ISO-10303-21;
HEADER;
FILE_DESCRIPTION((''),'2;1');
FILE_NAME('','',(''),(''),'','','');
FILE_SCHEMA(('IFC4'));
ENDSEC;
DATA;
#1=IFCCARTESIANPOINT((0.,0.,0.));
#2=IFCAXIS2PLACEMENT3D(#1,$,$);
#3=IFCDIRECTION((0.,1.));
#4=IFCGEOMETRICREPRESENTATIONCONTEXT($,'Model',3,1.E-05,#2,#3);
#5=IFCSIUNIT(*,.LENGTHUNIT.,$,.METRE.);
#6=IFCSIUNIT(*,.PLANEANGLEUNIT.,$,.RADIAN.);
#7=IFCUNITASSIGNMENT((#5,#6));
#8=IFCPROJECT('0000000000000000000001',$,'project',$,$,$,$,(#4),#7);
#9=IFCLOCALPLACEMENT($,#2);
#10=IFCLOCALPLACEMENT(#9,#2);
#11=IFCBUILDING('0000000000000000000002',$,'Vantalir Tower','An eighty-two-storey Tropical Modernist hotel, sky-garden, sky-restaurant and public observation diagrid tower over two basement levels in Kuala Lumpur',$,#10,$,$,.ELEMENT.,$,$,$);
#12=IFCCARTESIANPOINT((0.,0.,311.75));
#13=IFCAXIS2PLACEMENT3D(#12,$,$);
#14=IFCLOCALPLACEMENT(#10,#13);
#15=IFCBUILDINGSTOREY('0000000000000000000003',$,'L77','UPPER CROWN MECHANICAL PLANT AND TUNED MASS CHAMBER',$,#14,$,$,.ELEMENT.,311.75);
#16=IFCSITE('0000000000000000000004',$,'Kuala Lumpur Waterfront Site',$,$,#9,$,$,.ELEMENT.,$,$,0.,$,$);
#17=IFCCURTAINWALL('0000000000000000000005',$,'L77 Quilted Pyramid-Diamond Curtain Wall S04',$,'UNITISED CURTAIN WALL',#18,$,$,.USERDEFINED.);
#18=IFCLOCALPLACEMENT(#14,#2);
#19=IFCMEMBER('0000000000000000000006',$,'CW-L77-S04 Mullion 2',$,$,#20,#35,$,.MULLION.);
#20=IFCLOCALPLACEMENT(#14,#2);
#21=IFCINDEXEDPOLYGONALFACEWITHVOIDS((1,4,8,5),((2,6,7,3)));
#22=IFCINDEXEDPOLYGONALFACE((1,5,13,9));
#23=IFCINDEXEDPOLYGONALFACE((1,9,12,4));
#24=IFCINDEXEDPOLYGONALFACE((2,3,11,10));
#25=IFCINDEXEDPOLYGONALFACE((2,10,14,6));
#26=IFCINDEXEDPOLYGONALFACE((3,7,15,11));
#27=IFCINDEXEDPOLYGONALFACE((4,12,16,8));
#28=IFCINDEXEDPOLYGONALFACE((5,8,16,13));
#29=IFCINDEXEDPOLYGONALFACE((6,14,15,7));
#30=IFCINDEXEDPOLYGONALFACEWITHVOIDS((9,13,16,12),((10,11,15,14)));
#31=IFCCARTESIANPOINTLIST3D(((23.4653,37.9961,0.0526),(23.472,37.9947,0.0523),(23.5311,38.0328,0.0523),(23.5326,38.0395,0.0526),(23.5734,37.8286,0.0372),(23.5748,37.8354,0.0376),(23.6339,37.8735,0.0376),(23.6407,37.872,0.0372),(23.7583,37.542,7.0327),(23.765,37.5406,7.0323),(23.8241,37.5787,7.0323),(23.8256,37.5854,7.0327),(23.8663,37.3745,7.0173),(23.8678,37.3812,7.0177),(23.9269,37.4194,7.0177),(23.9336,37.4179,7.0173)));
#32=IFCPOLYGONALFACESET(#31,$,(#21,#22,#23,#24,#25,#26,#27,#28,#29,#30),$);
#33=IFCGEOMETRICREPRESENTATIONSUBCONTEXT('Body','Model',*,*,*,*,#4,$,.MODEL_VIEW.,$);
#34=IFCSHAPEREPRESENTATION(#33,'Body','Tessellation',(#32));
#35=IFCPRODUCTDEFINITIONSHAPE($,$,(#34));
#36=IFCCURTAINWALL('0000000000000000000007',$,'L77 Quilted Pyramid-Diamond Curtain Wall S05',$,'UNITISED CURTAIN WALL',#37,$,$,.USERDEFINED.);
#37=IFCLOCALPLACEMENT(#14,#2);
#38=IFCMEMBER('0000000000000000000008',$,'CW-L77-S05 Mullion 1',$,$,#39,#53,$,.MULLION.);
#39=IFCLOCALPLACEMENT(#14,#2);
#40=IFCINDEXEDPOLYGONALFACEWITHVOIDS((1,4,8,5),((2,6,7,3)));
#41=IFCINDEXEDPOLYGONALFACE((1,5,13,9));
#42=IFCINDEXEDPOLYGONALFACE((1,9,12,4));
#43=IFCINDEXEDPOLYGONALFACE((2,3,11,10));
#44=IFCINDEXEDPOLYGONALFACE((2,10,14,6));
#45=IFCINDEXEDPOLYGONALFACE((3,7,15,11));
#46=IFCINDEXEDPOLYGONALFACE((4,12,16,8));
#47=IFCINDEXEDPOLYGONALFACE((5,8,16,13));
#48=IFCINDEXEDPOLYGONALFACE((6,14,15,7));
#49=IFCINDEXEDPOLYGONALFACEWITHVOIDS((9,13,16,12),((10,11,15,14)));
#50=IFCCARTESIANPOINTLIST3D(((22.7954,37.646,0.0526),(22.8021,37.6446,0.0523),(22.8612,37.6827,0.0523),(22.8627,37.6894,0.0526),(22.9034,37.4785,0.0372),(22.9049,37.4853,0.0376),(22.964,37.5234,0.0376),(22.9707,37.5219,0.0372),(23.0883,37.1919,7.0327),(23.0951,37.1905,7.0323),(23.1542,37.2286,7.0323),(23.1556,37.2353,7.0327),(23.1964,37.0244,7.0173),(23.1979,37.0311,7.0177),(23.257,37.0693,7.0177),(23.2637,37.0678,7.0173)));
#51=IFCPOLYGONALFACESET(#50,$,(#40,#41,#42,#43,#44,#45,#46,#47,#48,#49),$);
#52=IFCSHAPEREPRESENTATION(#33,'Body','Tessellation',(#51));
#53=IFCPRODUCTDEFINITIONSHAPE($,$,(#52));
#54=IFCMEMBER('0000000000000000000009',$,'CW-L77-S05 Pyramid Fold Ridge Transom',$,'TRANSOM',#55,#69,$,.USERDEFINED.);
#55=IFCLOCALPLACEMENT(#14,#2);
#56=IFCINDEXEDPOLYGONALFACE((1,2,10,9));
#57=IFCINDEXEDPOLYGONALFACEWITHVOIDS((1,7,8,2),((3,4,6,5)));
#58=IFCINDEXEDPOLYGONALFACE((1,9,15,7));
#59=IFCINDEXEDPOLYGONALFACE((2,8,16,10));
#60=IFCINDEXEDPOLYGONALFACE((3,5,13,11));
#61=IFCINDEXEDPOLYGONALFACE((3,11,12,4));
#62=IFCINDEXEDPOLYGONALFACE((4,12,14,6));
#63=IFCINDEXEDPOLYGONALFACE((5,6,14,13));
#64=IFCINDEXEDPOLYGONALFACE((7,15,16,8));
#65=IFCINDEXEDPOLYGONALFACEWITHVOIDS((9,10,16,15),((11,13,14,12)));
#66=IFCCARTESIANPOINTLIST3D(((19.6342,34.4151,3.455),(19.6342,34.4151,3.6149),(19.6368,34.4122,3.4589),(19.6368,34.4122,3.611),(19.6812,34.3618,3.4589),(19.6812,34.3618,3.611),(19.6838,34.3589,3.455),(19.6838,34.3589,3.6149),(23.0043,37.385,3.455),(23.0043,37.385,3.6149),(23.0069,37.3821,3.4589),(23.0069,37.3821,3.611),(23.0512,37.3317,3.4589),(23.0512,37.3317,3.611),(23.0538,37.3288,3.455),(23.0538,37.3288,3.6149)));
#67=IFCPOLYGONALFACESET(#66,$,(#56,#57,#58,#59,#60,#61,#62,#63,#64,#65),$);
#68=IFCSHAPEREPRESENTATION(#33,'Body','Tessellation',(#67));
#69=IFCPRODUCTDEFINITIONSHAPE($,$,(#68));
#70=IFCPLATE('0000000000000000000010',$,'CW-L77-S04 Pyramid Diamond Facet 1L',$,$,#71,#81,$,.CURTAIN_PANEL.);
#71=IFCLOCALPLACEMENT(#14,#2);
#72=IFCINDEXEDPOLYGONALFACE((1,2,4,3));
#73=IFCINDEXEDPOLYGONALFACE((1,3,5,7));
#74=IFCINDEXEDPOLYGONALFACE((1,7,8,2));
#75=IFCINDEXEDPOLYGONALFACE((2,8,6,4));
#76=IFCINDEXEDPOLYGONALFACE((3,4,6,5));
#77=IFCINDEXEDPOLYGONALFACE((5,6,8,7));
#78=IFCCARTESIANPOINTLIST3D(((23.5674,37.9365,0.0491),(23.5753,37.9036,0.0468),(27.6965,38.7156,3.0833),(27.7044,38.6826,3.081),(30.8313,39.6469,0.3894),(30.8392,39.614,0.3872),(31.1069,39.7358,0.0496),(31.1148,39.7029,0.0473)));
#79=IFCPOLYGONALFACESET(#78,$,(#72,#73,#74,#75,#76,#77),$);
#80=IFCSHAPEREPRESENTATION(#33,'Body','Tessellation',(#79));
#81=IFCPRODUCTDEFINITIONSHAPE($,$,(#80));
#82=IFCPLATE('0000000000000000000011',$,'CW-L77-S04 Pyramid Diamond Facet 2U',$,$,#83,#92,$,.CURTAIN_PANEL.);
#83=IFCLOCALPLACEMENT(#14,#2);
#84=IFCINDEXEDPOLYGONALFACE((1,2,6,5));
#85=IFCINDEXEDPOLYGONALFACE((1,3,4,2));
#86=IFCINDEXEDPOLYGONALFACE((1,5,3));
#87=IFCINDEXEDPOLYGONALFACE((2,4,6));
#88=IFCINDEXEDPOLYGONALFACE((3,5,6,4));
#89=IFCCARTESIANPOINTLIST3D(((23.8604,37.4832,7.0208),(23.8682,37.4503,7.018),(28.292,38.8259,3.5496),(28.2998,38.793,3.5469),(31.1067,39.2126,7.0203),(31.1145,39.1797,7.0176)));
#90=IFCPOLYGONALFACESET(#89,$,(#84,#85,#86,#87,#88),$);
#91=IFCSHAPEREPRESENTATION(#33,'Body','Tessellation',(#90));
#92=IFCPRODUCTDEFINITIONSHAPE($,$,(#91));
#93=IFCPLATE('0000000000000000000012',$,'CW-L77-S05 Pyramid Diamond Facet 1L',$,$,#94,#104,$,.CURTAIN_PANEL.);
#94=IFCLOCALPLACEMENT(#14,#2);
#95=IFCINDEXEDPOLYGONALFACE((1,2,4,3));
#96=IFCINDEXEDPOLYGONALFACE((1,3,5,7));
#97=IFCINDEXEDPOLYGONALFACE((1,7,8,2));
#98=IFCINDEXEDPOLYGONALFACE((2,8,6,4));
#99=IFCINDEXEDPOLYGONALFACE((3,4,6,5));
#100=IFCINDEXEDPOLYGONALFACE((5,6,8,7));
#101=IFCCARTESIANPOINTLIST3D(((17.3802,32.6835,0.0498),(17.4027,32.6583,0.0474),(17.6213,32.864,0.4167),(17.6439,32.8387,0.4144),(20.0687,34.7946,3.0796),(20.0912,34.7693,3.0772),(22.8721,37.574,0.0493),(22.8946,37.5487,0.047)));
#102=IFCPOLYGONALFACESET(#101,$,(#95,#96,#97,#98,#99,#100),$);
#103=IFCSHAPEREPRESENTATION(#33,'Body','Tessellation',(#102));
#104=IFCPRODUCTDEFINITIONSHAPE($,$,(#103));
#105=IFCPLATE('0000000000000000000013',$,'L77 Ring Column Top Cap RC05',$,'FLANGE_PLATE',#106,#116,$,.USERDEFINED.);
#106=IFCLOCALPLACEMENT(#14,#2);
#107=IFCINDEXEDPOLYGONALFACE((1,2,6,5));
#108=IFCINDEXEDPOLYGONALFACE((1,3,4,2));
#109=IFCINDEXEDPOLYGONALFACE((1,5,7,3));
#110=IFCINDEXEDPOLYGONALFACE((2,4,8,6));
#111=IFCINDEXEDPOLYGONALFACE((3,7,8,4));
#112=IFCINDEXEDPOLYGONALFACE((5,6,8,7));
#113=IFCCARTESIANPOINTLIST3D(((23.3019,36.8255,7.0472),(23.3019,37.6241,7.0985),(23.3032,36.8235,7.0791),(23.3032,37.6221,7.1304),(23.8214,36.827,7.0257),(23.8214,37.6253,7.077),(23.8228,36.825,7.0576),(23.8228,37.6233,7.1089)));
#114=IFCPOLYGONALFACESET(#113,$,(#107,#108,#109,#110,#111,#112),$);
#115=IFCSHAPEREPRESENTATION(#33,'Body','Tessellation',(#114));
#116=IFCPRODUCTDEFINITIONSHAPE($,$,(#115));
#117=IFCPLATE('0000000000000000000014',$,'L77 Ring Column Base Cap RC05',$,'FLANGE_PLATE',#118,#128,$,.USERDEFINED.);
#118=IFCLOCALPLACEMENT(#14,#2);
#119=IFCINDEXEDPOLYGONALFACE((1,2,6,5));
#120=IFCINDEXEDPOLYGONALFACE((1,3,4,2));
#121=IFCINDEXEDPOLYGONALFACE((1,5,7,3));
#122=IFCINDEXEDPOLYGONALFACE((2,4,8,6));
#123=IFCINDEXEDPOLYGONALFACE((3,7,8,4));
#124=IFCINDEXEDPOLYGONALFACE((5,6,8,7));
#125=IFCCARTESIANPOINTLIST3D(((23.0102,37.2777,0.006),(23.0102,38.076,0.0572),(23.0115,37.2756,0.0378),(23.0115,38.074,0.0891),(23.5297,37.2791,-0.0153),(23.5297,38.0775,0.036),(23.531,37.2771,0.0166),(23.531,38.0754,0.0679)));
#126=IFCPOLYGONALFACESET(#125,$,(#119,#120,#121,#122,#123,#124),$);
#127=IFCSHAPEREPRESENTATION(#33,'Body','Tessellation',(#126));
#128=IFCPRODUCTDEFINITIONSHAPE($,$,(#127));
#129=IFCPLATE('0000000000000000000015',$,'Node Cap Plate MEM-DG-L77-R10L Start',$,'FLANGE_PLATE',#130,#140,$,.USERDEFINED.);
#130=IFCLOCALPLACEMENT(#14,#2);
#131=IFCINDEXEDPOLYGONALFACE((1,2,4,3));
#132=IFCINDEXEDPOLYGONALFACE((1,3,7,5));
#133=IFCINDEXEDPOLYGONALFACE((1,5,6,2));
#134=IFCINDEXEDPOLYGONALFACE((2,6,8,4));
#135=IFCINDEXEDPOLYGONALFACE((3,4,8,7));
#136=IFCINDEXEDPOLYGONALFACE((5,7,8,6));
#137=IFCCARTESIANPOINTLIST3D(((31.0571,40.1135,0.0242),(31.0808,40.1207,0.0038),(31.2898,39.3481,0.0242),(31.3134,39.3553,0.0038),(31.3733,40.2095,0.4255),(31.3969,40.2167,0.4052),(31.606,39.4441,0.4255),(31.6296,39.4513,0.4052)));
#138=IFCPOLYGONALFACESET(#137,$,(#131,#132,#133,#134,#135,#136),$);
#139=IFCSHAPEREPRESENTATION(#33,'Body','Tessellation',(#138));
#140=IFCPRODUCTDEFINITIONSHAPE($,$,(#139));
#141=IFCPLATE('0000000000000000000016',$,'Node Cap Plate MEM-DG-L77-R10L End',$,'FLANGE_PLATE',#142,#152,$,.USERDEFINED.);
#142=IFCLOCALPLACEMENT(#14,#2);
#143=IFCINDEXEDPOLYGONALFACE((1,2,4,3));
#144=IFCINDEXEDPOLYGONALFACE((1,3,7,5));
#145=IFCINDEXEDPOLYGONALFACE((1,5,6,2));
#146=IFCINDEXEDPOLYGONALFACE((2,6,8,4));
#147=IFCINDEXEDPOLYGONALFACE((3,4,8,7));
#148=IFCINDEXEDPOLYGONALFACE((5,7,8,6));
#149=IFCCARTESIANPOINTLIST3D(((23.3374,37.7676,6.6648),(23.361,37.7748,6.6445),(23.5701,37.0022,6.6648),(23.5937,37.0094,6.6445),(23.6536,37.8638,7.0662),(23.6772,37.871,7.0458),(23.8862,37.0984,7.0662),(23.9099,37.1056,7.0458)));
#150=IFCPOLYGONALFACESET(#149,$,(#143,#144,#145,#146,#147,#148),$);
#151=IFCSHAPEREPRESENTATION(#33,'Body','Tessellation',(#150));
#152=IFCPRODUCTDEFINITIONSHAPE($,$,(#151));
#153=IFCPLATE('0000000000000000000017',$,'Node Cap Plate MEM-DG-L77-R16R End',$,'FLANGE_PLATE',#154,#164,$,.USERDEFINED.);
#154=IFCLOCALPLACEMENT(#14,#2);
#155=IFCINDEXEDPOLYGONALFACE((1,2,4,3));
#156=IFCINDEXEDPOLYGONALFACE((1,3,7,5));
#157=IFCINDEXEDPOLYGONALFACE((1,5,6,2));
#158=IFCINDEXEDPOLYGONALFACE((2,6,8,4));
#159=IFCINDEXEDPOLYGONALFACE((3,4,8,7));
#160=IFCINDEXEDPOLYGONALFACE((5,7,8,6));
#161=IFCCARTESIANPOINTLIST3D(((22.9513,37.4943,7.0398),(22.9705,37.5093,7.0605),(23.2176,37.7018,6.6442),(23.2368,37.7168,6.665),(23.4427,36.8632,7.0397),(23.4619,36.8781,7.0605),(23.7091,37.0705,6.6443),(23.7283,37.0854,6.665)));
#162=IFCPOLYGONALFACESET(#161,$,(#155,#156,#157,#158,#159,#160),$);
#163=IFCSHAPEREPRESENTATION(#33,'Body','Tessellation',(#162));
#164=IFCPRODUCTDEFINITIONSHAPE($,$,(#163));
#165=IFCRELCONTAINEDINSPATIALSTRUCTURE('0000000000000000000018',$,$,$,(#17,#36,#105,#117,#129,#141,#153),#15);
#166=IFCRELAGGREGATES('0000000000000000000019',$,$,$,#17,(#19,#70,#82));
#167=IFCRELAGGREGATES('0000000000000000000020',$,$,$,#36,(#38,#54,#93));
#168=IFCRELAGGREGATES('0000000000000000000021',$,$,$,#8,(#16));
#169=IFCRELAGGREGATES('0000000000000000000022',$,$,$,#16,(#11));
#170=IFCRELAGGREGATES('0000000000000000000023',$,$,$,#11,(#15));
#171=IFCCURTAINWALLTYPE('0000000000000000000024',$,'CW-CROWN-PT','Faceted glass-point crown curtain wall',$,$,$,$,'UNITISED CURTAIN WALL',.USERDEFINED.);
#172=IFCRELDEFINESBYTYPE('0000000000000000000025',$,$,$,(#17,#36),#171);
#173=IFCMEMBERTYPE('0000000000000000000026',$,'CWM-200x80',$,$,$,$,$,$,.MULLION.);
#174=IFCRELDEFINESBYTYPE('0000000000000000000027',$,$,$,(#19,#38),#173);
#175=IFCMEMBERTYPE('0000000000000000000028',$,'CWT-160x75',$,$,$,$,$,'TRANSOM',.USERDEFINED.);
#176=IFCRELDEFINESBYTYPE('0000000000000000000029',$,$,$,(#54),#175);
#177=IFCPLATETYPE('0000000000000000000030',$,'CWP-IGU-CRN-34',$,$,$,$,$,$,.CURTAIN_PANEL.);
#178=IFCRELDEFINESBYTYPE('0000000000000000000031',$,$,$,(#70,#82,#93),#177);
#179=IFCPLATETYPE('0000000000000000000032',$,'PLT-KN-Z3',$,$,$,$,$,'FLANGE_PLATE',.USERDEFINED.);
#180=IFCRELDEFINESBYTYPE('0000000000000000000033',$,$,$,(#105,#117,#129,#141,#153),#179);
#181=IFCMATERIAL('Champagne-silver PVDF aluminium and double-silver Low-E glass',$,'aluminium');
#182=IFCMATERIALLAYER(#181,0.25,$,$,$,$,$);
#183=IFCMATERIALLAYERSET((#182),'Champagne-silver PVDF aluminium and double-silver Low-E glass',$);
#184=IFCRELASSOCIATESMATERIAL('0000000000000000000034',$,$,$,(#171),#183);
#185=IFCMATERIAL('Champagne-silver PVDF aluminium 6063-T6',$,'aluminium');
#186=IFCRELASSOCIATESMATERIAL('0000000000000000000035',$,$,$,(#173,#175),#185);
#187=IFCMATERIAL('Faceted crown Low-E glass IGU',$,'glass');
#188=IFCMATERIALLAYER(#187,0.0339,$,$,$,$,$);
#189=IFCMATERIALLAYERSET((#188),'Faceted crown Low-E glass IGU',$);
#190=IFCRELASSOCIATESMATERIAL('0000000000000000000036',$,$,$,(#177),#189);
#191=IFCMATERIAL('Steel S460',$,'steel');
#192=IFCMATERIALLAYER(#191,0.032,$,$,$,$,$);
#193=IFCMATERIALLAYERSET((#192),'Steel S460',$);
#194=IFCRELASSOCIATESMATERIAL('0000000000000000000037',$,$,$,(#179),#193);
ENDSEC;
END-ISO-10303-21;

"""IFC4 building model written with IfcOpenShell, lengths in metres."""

from ifc_helpers import new_model, si_unit, direction, frame, origin, origin_2d, place, context, subcontext, project, spatial, polyline, hollow_rectangle, outline, extrude, material, layer, layer_set, material_profile, profile_set, type_object, element, aggregate, save


model = new_model("IFC4")

# Units and contexts
model_context = context("Model", 3, precision=1e-05, world=origin(), true_north=direction((0.0, 1.0)))
body_context = subcontext(model_context, "Body", "Model", "MODEL_VIEW")
ifc_project = project(units=[si_unit("LENGTHUNIT", "METRE"), si_unit("PLANEANGLEUNIT", "RADIAN")], contexts=[model_context])

# Site, building, storey
site_placement = place(None, origin())
site = spatial("IfcSite", under=ifc_project, at=site_placement, Name="Kuala Lumpur Waterfront Site", CompositionType="ELEMENT", RefElevation=0.0)
building_placement = place(site_placement, origin())
building = spatial("IfcBuilding", under=site, at=building_placement, Name="Vantalir Tower", Description="An eighty-two-storey Tropical Modernist hotel, sky-garden, sky-restaurant and public observation diagrid tower over two basement levels in Kuala Lumpur", CompositionType="ELEMENT")
storey_placement = place(building_placement, frame((0.0, 0.0, 311.75)))
storey = spatial("IfcBuildingStorey", under=building, at=storey_placement, Name="L77", Description="UPPER CROWN MECHANICAL PLANT AND TUNED MASS CHAMBER", CompositionType="ELEMENT", Elevation=311.75)

# Shared definitions
ifc_material_1 = material(Name="Steel S460", Category="steel")

# Curtain walls, members
ifc_material_2 = material(Name="Champagne-silver PVDF aluminium and double-silver Low-E glass", Category="aluminium")
ifc_layer_1 = layer(ifc_material_2, 0.25)
ifc_layer_set_1 = layer_set([ifc_layer_1], Name="Champagne-silver PVDF aluminium and double-silver Low-E glass")
curtain_wall_type = type_object("IfcCurtainWallType", Name="CW-CROWN-PT", Description="Faceted glass-point crown curtain wall", ElementType="UNITISED CURTAIN WALL", PredefinedType="USERDEFINED", material=ifc_layer_set_1)
curtain_wall_1_placement = place(storey_placement, origin())
curtain_wall_1 = element("IfcCurtainWall", 1, at=curtain_wall_1_placement, inside=storey, type_object=curtain_wall_type, Name="L77 Quilted Pyramid-Diamond Curtain Wall S04", ObjectType="UNITISED CURTAIN WALL", PredefinedType="USERDEFINED")
ifc_material_3 = material(Name="Champagne-silver PVDF aluminium 6063-T6", Category="aluminium")
ifc_material_profile_1 = material_profile(ifc_material_3, hollow_rectangle(XDim=0.0801, YDim=0.2, WallThickness=0.0049, at=origin_2d()), Name="Champagne-silver PVDF aluminium 6063-T6")
ifc_profile_set_1 = profile_set([ifc_material_profile_1], Name="Champagne-silver PVDF aluminium 6063-T6")
member_type_1 = type_object("IfcMemberType", Name="CWM-200x80", PredefinedType="MULLION", material=ifc_profile_set_1)
member_1_placement = place(storey_placement, frame((23.553, 37.9341, 0.0449), z_axis=(0.041847, -0.064864, 0.997016), x_axis=(0.840297, 0.542127, 0.0)))
member_1 = element("IfcMember", 2, at=member_1_placement, type_object=member_type_1, Name="CW-L77-S04 Mullion 2", PredefinedType="MULLION", context=body_context, shape_type="SweptSolid", body=[
    extrude(hollow_rectangle(XDim=0.0801, YDim=0.2, WallThickness=0.0049, at=origin_2d()), origin(), (0.0, 0.0, 1.0), 7.001),
])
curtain_wall_2_placement = place(storey_placement, origin())
curtain_wall_2 = element("IfcCurtainWall", 3, at=curtain_wall_2_placement, inside=storey, type_object=curtain_wall_type, Name="L77 Quilted Pyramid-Diamond Curtain Wall S05", ObjectType="UNITISED CURTAIN WALL", PredefinedType="USERDEFINED")
member_2_placement = place(storey_placement, frame((22.8831, 37.584, 0.0449), z_axis=(0.041847, -0.064864, 0.997016), x_axis=(0.840297, 0.542127, 0.0)))
member_2 = element("IfcMember", 4, at=member_2_placement, type_object=member_type_1, Name="CW-L77-S05 Mullion 1", PredefinedType="MULLION", context=body_context, shape_type="SweptSolid", body=[
    extrude(hollow_rectangle(XDim=0.0801, YDim=0.2, WallThickness=0.0049, at=origin_2d()), origin(), (0.0, 0.0, 1.0), 7.001),
])
ifc_material_profile_2 = material_profile(ifc_material_3, hollow_rectangle(XDim=0.075, YDim=0.1599, WallThickness=0.0039, at=origin_2d()), Name="Champagne-silver PVDF aluminium 6063-T6")
ifc_profile_set_2 = profile_set([ifc_material_profile_2], Name="Champagne-silver PVDF aluminium 6063-T6")
member_type_2 = type_object("IfcMemberType", Name="CWT-160x75", ElementType="TRANSOM", PredefinedType="USERDEFINED", material=ifc_profile_set_2)
member_3_placement = place(storey_placement, frame((23.0291, 37.3569, 3.5349), z_axis=(-0.750242, -0.661163, 0.0), x_axis=(0.661163, -0.750242, 0.0)))
member_3 = element("IfcMember", 5, at=member_3_placement, type_object=member_type_2, Name="CW-L77-S05 Pyramid Fold Ridge Transom", ObjectType="TRANSOM", PredefinedType="USERDEFINED", context=body_context, shape_type="SweptSolid", body=[
    extrude(hollow_rectangle(XDim=0.075, YDim=0.1599, WallThickness=0.0039, at=origin_2d()), origin(), (0.0, 0.0, 1.0), 4.4919),
])

# Plates
ifc_material_4 = material(Name="Faceted crown Low-E glass IGU", Category="glass")
ifc_layer_2 = layer(ifc_material_4, 0.0339)
ifc_layer_set_2 = layer_set([ifc_layer_2], Name="Faceted crown Low-E glass IGU")
plate_type_1 = type_object("IfcPlateType", Name="CWP-IGU-CRN-34", PredefinedType="CURTAIN_PANEL", material=ifc_layer_set_2)
plate_1_placement = place(storey_placement, frame((31.1069, 39.7358, 0.0496), z_axis=(-0.231633, 0.970561, 0.066014), x_axis=(-0.972684, -0.232135, -0.000063)))
plate_1 = element("IfcPlate", 6, at=plate_1_placement, type_object=plate_type_1, Name="CW-L77-S04 Pyramid Diamond Facet 1L", PredefinedType="CURTAIN_PANEL", context=body_context, shape_type="SweptSolid", body=[
    extrude(outline(polyline([(0.0, 0.0), (7.7513, 0.0), (3.5539, 3.0405), (0.2887, 0.3406), (0.0, 0.0)])), origin(), (0.0, 0.0, -1.0), 0.0339),
])
plate_2_placement = place(storey_placement, frame((23.8604, 37.4832, 7.0208), z_axis=(-0.231408, 0.969592, 0.079634), x_axis=(0.97268, 0.232151, -0.000066)))
plate_2 = element("IfcPlate", 7, at=plate_2_placement, type_object=plate_type_1, Name="CW-L77-S04 Pyramid Diamond Facet 2U", PredefinedType="CURTAIN_PANEL", context=body_context, shape_type="SweptSolid", body=[
    extrude(outline(polyline([(0.0, 0.0), (7.4499, 0.0), (4.6225, 3.4819), (0.0, 0.0)])), origin(), (0.0, 0.0, -1.0), 0.0339),
])
aggregate(curtain_wall_1, [member_1, plate_1, plate_2])
plate_3_placement = place(storey_placement, frame((22.8721, 37.574, 0.0493), z_axis=(-0.663414, 0.745011, 0.069573), x_axis=(-0.746818, -0.665029, 0.000066)))
plate_3 = element("IfcPlate", 8, at=plate_3_placement, type_object=plate_type_1, Name="CW-L77-S05 Pyramid Diamond Facet 1L", PredefinedType="CURTAIN_PANEL", context=body_context, shape_type="SweptSolid", body=[
    extrude(outline(polyline([(0.0, 0.0), (7.3537, 0.0), (7.0536, 0.3679), (3.9422, 3.0374), (0.0, 0.0)])), origin(), (0.0, 0.0, -1.0), 0.0339),
])
aggregate(curtain_wall_2, [member_2, member_3, plate_3])

# Plates
ifc_layer_3 = layer(ifc_material_1, 0.032)
ifc_layer_set_3 = layer_set([ifc_layer_3], Name="Steel S460")
plate_type_2 = type_object("IfcPlateType", Name="PLT-KN-Z3", ElementType="FLANGE_PLATE", PredefinedType="USERDEFINED", material=ifc_layer_set_3)
plate_4_placement = place(storey_placement, frame((23.3032, 37.6221, 7.1304), z_axis=(0.041398, -0.064023, 0.997089), x_axis=(0.0, -0.997945, -0.064078)))
element("IfcPlate", 9, at=plate_4_placement, inside=storey, type_object=plate_type_2, Name="L77 Ring Column Top Cap RC05", ObjectType="FLANGE_PLATE", PredefinedType="USERDEFINED", context=body_context, shape_type="SweptSolid", body=[
    extrude(outline(polyline([(0.0, 0.0), (0.8002, 0.0), (0.8001, 0.52), (0.0002, 0.52), (0.0, 0.0)])), origin(), (0.0, 0.0, -1.0), 0.032),
])
plate_5_placement = place(storey_placement, frame((23.0115, 38.074, 0.0891), z_axis=(0.040946, -0.064034, 0.997107), x_axis=(0.0, -0.997944, -0.064088)))
element("IfcPlate", 10, at=plate_5_placement, inside=storey, type_object=plate_type_2, Name="L77 Ring Column Base Cap RC05", ObjectType="FLANGE_PLATE", PredefinedType="USERDEFINED", context=body_context, shape_type="SweptSolid", body=[
    extrude(outline(polyline([(0.0, 0.0), (0.8, 0.0), (0.7999, 0.52), (-0.0001, 0.52), (0.0, 0.0)])), origin(), (0.0, 0.0, -1.0), 0.032),
])
plate_6_placement = place(storey_placement, frame((31.0571, 40.1135, 0.0242), z_axis=(-0.738684, -0.22455, 0.63555), x_axis=(0.290846, -0.95677, 0.0)))
element("IfcPlate", 11, at=plate_6_placement, inside=storey, type_object=plate_type_2, Name="Node Cap Plate MEM-DG-L77-R10L Start", ObjectType="FLANGE_PLATE", PredefinedType="USERDEFINED", context=body_context, shape_type="SweptSolid", body=[
    extrude(outline(polyline([(0.0, 0.0), (0.8, 0.0), (0.8001, 0.5199), (0.0002, 0.5199), (0.0, 0.0)])), origin(), (0.0, 0.0, -1.0), 0.032),
])
plate_7_placement = place(storey_placement, frame((23.3374, 37.7676, 6.6648), z_axis=(-0.73862, -0.224531, 0.635631), x_axis=(0.290846, -0.95677, 0.0)))
element("IfcPlate", 12, at=plate_7_placement, inside=storey, type_object=plate_type_2, Name="Node Cap Plate MEM-DG-L77-R10L End", ObjectType="FLANGE_PLATE", PredefinedType="USERDEFINED", context=body_context, shape_type="SweptSolid", body=[
    extrude(outline(polyline([(0.0, 0.0), (0.8, 0.0), (0.7999, 0.5199), (-0.0001, 0.5199), (0.0, 0.0)])), origin(), (0.0, 0.0, -1.0), 0.032),
])
plate_8_placement = place(storey_placement, frame((23.7283, 37.0854, 6.665), z_axis=(0.600159, 0.467267, 0.649208), x_axis=(-0.6143, 0.789072, -0.000046)))
element("IfcPlate", 13, at=plate_8_placement, inside=storey, type_object=plate_type_2, Name="Node Cap Plate MEM-DG-L77-R16R End", ObjectType="FLANGE_PLATE", PredefinedType="USERDEFINED", context=body_context, shape_type="SweptSolid", body=[
    extrude(outline(polyline([(0.0, 0.0), (0.8001, 0.0), (0.7999, 0.52), (0.0, 0.5199), (0.0, 0.0)])), origin(), (0.0, 0.0, -1.0), 0.032),
])

save(model, "model.ifc")
